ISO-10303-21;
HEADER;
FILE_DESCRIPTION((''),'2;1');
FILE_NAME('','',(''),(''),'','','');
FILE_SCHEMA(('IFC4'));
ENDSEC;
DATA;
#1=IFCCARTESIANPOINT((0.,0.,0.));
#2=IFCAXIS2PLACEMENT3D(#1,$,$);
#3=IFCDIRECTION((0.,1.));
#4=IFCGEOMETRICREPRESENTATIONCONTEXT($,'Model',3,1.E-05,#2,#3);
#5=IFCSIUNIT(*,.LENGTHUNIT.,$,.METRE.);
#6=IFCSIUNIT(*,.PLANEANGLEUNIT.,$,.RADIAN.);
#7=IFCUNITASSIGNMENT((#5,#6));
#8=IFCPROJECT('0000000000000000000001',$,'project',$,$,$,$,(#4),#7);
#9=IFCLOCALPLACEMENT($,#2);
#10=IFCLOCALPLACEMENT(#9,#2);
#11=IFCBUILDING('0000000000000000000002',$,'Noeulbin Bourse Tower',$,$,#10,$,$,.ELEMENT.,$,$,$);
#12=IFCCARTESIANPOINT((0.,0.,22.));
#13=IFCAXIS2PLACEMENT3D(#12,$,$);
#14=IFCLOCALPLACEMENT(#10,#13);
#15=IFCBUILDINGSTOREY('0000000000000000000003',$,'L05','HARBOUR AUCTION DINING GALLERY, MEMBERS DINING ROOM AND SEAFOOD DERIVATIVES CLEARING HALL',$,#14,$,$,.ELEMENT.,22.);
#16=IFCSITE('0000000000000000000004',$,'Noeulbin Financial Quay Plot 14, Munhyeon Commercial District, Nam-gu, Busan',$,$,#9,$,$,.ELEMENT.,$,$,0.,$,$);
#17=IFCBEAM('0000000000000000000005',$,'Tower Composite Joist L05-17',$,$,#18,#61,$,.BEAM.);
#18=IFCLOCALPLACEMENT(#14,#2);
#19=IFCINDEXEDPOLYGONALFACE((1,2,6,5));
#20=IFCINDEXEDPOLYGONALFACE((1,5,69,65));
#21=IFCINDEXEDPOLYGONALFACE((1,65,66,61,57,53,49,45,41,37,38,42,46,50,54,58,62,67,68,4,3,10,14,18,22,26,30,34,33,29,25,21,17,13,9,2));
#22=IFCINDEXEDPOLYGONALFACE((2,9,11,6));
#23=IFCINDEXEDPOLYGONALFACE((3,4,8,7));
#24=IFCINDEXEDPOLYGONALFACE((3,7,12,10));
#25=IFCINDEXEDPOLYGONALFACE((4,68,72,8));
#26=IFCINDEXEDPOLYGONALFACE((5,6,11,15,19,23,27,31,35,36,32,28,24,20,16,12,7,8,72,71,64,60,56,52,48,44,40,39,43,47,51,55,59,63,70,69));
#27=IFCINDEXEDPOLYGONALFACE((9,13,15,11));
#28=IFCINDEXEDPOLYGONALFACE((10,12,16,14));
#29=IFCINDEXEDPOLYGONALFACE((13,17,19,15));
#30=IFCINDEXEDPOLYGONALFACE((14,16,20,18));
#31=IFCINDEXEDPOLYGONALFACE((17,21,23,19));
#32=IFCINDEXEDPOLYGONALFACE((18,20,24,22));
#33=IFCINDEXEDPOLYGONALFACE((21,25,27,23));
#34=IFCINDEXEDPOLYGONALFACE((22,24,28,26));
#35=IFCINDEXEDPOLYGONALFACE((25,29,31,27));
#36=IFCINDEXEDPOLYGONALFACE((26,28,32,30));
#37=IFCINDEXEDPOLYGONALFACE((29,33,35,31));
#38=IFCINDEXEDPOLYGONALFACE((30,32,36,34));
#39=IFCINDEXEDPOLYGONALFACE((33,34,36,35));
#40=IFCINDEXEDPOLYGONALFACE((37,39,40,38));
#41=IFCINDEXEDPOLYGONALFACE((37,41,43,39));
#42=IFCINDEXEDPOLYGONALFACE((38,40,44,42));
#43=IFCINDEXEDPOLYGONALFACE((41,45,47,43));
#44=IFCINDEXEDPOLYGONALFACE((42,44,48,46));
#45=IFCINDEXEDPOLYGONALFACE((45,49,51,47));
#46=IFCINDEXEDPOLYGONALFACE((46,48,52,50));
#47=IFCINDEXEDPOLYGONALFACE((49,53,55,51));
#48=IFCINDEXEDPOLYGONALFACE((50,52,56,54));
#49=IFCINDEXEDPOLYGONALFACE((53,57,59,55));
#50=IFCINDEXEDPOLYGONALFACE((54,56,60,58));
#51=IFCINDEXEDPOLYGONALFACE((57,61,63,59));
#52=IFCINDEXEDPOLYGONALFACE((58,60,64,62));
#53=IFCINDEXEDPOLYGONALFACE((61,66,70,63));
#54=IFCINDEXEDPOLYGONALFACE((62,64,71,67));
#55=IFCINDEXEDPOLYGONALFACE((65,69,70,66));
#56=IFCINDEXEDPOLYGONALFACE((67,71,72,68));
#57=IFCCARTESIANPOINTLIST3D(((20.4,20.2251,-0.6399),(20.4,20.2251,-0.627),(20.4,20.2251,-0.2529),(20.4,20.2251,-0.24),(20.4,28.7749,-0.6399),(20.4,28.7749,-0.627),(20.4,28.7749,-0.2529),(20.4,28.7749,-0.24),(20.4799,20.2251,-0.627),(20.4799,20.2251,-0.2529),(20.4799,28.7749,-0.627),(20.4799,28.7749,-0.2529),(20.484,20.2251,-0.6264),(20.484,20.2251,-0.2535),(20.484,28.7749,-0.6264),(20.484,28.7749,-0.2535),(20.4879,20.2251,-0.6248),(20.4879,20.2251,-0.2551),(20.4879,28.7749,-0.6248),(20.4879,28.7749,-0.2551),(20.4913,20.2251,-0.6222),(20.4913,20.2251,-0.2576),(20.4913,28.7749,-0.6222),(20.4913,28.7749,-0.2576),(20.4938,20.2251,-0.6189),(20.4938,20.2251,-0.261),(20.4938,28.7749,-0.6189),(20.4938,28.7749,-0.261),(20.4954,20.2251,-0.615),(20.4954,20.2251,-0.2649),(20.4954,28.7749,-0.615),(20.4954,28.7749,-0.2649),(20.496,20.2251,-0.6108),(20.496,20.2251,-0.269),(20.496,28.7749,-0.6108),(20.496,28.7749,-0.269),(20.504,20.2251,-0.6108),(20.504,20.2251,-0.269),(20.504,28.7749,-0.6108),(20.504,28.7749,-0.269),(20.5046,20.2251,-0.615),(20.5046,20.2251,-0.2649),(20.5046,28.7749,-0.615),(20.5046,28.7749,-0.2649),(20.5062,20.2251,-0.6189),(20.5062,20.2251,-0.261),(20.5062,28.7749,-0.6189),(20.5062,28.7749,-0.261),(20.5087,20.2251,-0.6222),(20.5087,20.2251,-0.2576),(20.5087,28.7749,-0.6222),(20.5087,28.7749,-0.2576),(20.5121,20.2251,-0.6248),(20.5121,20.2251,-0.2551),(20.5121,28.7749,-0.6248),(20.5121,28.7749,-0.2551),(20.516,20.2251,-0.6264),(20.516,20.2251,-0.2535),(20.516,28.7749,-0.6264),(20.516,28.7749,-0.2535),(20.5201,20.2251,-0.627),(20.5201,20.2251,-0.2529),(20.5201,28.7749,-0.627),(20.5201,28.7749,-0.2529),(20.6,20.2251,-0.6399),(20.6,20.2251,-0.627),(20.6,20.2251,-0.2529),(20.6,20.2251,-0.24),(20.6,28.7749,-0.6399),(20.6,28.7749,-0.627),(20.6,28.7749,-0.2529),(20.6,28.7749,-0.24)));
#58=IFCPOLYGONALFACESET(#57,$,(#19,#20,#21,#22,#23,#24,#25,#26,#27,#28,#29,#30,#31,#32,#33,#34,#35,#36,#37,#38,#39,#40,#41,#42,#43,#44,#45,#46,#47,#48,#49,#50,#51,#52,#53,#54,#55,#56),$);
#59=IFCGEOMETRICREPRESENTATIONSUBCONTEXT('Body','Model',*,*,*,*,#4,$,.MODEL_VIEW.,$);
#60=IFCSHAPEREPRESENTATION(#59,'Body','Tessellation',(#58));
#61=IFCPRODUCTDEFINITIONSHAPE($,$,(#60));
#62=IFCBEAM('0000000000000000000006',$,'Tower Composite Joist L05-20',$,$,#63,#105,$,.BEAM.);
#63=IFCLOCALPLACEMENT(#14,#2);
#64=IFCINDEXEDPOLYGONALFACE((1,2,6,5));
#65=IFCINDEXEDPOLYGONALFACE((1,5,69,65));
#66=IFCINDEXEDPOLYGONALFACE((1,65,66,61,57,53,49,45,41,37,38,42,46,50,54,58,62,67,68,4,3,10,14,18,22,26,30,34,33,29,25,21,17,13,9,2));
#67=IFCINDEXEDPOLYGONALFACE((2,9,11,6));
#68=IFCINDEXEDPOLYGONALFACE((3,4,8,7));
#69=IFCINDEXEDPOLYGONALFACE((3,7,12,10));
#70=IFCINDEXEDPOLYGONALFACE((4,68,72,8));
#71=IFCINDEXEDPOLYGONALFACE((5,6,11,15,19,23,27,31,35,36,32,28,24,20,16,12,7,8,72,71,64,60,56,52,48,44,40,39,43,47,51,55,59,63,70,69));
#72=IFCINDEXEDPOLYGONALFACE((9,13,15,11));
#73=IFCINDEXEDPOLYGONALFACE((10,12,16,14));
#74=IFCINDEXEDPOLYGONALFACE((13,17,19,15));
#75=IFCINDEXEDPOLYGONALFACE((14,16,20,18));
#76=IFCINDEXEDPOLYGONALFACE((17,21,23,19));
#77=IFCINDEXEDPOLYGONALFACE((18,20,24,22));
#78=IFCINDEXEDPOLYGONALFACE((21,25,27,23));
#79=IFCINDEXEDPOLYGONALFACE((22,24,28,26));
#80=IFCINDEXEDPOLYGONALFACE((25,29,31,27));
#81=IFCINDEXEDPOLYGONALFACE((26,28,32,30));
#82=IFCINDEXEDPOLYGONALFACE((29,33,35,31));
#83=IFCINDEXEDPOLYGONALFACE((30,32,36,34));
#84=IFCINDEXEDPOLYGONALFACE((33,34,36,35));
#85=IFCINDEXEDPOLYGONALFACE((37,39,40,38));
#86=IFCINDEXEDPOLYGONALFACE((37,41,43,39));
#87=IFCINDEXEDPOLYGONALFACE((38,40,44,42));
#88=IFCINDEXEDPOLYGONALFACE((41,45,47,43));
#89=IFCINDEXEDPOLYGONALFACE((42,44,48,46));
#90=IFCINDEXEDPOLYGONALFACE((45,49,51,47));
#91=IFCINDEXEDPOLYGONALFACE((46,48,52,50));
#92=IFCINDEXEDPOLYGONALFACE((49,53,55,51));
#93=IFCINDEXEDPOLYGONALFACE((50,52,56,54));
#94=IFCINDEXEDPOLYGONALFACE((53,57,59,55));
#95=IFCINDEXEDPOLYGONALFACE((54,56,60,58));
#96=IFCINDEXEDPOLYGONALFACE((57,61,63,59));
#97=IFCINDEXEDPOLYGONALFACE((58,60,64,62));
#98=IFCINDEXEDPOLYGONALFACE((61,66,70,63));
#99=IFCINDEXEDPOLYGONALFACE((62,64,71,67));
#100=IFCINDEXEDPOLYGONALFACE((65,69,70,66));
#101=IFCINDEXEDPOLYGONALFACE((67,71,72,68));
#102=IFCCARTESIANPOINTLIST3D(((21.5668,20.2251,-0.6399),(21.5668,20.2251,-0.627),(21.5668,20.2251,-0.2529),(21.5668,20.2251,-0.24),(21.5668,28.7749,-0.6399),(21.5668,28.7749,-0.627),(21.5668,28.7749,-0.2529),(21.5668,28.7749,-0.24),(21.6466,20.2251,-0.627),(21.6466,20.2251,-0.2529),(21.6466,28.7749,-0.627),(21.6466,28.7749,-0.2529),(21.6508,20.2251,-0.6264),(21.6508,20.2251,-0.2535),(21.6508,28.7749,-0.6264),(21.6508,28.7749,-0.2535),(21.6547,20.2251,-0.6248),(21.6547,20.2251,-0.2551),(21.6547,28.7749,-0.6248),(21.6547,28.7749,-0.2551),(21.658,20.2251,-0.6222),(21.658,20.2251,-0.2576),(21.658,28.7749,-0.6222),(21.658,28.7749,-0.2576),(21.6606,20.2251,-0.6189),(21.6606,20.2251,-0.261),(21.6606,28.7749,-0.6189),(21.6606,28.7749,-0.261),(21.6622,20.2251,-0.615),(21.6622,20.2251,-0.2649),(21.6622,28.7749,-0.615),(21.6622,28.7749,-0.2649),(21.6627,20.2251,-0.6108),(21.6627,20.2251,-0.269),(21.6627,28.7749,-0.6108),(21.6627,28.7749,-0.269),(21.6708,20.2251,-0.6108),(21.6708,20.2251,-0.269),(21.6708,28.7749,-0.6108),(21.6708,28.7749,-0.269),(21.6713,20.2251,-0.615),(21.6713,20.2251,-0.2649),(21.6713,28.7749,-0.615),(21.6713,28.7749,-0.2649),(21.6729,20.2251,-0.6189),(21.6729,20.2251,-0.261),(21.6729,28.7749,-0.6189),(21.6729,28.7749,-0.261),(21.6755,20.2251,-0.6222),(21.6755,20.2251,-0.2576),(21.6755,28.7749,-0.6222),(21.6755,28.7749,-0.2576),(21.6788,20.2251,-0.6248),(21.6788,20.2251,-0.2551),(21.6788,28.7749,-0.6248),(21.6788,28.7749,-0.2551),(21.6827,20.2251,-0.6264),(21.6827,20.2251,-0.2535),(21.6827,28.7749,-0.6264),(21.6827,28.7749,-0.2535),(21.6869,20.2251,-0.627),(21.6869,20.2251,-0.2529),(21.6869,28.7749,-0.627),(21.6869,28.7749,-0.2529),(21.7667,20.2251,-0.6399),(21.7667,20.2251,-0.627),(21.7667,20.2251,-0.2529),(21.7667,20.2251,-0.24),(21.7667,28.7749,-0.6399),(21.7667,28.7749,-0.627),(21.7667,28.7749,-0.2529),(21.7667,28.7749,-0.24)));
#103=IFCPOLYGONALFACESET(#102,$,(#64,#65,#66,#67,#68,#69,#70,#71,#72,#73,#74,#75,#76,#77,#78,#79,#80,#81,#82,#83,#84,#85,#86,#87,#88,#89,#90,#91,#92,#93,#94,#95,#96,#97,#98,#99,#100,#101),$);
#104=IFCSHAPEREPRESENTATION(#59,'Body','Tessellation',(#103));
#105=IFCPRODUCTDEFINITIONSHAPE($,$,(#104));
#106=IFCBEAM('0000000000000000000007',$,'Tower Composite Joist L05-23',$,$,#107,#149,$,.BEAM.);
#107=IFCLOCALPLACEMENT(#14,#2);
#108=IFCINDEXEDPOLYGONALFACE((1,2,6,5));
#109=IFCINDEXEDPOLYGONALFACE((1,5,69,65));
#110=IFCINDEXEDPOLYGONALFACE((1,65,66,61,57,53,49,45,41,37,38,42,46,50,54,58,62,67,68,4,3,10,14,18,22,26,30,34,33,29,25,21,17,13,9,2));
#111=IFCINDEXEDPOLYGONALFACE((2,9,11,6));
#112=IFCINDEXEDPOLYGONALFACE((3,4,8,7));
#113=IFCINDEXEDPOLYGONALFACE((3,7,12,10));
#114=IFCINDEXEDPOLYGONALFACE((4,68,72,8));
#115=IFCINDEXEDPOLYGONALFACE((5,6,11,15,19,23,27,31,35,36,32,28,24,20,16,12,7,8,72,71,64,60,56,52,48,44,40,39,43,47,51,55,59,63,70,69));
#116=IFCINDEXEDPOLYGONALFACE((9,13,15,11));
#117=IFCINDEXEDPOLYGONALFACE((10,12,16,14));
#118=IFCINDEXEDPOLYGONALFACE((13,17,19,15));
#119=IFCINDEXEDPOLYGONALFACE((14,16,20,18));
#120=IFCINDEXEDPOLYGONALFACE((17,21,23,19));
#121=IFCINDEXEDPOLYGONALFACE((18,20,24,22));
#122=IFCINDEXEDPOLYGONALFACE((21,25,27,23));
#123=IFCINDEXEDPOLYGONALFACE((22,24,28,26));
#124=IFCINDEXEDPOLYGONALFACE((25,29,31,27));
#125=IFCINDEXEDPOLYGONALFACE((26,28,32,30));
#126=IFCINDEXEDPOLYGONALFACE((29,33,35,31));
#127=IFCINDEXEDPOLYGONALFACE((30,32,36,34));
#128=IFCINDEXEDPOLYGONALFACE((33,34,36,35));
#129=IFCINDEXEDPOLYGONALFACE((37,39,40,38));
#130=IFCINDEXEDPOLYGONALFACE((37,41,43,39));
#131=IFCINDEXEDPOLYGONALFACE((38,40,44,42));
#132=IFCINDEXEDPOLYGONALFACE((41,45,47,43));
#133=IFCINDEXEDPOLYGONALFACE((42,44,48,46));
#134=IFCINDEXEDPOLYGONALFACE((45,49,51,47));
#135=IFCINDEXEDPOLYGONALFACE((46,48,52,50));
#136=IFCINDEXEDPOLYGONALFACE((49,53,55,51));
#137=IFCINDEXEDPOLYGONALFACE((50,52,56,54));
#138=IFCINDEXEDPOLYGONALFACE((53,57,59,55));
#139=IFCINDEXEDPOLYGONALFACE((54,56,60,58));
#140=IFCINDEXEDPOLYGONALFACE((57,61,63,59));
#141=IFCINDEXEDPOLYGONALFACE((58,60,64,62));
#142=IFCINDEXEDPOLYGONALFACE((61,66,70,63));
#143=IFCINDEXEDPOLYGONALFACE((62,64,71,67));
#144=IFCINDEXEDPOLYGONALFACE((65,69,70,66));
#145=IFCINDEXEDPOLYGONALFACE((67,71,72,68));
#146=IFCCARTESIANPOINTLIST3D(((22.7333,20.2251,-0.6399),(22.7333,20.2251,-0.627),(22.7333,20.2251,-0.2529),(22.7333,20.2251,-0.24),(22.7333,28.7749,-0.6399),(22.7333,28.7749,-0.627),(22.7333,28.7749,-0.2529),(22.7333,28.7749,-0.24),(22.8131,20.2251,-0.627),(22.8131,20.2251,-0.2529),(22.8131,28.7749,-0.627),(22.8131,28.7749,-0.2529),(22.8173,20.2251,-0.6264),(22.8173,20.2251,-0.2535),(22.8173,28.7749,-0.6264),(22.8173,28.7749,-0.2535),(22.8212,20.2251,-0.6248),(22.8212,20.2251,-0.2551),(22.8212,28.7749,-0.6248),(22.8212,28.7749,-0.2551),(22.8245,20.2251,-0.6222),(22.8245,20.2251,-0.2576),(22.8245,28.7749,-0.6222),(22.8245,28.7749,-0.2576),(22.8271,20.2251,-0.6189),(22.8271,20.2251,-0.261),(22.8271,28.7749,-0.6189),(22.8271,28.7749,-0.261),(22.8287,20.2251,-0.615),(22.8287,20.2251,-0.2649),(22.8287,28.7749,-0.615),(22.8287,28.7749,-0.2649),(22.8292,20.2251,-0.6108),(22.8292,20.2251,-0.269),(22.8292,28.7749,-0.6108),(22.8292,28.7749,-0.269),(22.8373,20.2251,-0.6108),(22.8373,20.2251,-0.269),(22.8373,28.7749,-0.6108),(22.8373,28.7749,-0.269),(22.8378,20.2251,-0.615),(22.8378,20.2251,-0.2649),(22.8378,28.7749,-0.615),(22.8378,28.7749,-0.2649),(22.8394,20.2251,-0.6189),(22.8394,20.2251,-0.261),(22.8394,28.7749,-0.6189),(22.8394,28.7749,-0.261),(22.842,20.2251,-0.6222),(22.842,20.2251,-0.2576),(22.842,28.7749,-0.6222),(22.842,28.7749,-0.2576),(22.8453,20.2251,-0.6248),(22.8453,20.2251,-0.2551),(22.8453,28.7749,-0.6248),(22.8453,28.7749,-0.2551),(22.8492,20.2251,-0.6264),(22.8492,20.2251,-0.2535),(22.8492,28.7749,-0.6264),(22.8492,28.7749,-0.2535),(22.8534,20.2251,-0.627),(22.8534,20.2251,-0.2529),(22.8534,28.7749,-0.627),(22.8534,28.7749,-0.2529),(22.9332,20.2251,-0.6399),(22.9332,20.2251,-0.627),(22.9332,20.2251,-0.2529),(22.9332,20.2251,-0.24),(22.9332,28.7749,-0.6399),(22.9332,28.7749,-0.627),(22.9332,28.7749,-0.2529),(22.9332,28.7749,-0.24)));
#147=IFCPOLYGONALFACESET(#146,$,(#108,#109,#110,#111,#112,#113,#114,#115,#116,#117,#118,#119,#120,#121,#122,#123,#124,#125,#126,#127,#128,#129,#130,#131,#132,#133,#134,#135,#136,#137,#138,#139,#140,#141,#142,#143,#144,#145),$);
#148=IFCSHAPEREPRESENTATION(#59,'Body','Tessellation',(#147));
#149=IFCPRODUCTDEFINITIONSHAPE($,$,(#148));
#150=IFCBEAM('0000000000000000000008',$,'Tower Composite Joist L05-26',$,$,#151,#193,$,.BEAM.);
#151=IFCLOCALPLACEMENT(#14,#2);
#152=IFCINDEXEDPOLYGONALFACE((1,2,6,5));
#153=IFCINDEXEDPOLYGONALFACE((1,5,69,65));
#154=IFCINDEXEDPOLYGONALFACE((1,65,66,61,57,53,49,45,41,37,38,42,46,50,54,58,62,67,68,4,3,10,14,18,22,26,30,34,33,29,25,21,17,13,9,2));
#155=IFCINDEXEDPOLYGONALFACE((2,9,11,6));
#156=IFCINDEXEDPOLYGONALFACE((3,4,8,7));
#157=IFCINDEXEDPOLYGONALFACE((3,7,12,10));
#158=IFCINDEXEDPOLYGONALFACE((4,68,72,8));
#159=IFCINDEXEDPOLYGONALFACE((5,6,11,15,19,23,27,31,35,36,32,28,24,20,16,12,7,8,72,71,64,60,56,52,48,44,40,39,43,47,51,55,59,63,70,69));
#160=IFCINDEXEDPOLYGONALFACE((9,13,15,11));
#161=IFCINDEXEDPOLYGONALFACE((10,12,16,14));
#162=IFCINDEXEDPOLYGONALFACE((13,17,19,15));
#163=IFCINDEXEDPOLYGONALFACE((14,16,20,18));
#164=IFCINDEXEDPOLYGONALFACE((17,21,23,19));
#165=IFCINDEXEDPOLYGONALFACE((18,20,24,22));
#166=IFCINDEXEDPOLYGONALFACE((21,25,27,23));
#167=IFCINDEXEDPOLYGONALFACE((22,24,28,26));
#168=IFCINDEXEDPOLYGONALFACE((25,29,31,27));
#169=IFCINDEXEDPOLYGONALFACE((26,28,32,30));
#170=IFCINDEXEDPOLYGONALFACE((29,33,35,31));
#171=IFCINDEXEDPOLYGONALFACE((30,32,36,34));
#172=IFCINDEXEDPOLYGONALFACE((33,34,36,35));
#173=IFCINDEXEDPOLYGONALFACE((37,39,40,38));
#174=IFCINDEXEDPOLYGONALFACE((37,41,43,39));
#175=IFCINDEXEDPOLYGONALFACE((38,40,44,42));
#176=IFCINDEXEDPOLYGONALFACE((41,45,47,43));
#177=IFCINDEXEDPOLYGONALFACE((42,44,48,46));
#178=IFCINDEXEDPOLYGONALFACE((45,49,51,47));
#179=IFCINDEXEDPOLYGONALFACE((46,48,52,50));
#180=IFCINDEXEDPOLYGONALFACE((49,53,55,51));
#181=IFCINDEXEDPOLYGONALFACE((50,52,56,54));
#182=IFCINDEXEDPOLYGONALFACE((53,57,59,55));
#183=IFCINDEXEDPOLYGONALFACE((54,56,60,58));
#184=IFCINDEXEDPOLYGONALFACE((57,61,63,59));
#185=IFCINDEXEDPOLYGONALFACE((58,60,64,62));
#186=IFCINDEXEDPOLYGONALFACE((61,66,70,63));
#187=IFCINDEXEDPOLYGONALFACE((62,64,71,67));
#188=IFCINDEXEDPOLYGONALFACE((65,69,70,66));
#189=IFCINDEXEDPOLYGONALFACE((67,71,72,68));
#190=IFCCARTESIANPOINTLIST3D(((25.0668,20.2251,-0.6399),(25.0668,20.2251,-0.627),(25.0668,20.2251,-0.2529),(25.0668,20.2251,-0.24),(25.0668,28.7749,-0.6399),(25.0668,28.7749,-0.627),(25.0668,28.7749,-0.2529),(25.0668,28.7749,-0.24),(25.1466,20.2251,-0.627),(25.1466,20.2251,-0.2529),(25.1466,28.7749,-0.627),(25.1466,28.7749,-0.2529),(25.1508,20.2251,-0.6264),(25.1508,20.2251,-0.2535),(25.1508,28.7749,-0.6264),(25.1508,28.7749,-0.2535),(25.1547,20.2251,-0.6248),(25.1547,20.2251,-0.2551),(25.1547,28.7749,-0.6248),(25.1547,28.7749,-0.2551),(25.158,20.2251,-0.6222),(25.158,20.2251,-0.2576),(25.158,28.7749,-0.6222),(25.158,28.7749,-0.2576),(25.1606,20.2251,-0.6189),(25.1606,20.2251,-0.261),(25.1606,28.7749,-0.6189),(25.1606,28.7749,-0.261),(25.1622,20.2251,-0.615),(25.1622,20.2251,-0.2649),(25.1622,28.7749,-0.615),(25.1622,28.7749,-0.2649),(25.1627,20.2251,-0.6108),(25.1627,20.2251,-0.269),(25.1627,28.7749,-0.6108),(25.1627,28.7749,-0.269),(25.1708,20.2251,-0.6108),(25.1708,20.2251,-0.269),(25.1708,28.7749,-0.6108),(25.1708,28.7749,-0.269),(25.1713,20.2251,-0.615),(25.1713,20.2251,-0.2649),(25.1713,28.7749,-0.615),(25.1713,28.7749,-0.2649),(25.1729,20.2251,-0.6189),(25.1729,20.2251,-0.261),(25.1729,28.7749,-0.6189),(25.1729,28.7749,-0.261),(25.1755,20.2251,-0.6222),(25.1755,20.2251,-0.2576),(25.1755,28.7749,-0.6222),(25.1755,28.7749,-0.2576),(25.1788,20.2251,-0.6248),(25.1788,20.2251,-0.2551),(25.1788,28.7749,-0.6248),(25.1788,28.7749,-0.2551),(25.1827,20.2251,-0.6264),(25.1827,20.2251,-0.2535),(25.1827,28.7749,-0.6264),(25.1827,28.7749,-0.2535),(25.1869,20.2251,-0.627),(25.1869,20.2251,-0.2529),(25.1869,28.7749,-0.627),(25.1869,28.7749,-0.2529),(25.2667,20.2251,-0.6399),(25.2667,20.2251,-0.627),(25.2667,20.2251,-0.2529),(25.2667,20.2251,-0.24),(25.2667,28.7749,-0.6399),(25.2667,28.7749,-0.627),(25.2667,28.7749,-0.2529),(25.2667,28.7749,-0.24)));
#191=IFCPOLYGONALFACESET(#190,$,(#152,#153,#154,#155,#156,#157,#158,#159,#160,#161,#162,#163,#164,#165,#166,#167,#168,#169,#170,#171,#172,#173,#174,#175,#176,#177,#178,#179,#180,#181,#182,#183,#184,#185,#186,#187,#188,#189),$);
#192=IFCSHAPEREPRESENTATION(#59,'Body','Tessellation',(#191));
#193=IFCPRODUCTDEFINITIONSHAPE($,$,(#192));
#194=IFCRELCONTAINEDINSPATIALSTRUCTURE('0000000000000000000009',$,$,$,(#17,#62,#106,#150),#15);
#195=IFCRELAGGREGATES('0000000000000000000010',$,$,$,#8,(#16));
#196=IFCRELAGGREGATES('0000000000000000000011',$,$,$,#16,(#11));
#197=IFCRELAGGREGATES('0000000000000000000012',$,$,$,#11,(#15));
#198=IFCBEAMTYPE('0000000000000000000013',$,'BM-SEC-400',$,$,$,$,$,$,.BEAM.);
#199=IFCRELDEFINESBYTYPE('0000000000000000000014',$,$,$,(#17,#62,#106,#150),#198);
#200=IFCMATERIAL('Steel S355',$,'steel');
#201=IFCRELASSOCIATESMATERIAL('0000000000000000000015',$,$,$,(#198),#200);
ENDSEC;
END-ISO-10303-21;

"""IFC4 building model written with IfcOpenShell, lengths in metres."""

from ifc_helpers import new_model, si_unit, direction, frame, origin, origin_2d, place, context, subcontext, project, spatial, i_section, extrude, material, material_profile, profile_set, type_object, element, save


model = new_model("IFC4")

# Units and contexts
model_context = context("Model", 3, precision=1e-05, world=origin(), true_north=direction((0.0, 1.0)))
body_context = subcontext(model_context, "Body", "Model", "MODEL_VIEW")
ifc_project = project(units=[si_unit("LENGTHUNIT", "METRE"), si_unit("PLANEANGLEUNIT", "RADIAN")], contexts=[model_context])

# Site, building, storey
site_placement = place(None, origin())
site = spatial("IfcSite", under=ifc_project, at=site_placement, Name="Noeulbin Financial Quay Plot 14, Munhyeon Commercial District, Nam-gu, Busan", CompositionType="ELEMENT", RefElevation=0.0)
building_placement = place(site_placement, origin())
building = spatial("IfcBuilding", under=site, at=building_placement, Name="Noeulbin Bourse Tower", CompositionType="ELEMENT")
storey_placement = place(building_placement, frame((0.0, 0.0, 22.0)))
storey = spatial("IfcBuildingStorey", under=building, at=storey_placement, Name="L05", Description="HARBOUR AUCTION DINING GALLERY, MEMBERS DINING ROOM AND SEAFOOD DERIVATIVES CLEARING HALL", CompositionType="ELEMENT", Elevation=22.0)

# Beams
ifc_material_1 = material(Name="Steel S355", Category="steel")
ifc_material_profile_1 = material_profile(ifc_material_1, i_section(OverallWidth=0.2, OverallDepth=0.3999, WebThickness=0.0081, FlangeThickness=0.0129, FilletRadius=0.0161, at=origin_2d()), Name="H-400x200x8x13", Category="LoadBearing")
ifc_profile_set_1 = profile_set([ifc_material_profile_1], Name="Steel S355")
beam_type_1 = type_object("IfcBeamType", Name="BM-SEC-400", PredefinedType="BEAM", material=ifc_profile_set_1)
for number, where, z_axis, x_axis, name in (
    (1, (20.5, 20.2251, -0.4399), (0.0, 1.0, 0.0), (-1.0, 0.0, 0.0), "Tower Composite Joist L05-17"),
    (2, (21.6667, 20.2251, -0.4399), (0.0, 1.0, 0.0), (-1.0, 0.0, 0.0), "Tower Composite Joist L05-20"),
    (3, (22.8333, 20.2251, -0.4399), (0.0, 1.0, 0.0), (-1.0, 0.0, 0.0), "Tower Composite Joist L05-23"),
    (4, (25.1667, 20.2251, -0.4399), (0.0, 1.0, 0.0), (-1.0, 0.0, 0.0), "Tower Composite Joist L05-26"),
):
    element("IfcBeam", number, at=place(storey_placement, frame(where, z_axis=z_axis, x_axis=x_axis)), inside=storey, type_object=beam_type_1, Name=name, PredefinedType="BEAM", context=body_context, shape_type="SweptSolid", body=[
        extrude(i_section(OverallWidth=0.2, OverallDepth=0.3999, WebThickness=0.0081, FlangeThickness=0.0129, FilletRadius=0.0161, at=origin_2d()), origin(), (0.0, 0.0, 1.0), 8.5498),
    ])

save(model, "model.ifc")
